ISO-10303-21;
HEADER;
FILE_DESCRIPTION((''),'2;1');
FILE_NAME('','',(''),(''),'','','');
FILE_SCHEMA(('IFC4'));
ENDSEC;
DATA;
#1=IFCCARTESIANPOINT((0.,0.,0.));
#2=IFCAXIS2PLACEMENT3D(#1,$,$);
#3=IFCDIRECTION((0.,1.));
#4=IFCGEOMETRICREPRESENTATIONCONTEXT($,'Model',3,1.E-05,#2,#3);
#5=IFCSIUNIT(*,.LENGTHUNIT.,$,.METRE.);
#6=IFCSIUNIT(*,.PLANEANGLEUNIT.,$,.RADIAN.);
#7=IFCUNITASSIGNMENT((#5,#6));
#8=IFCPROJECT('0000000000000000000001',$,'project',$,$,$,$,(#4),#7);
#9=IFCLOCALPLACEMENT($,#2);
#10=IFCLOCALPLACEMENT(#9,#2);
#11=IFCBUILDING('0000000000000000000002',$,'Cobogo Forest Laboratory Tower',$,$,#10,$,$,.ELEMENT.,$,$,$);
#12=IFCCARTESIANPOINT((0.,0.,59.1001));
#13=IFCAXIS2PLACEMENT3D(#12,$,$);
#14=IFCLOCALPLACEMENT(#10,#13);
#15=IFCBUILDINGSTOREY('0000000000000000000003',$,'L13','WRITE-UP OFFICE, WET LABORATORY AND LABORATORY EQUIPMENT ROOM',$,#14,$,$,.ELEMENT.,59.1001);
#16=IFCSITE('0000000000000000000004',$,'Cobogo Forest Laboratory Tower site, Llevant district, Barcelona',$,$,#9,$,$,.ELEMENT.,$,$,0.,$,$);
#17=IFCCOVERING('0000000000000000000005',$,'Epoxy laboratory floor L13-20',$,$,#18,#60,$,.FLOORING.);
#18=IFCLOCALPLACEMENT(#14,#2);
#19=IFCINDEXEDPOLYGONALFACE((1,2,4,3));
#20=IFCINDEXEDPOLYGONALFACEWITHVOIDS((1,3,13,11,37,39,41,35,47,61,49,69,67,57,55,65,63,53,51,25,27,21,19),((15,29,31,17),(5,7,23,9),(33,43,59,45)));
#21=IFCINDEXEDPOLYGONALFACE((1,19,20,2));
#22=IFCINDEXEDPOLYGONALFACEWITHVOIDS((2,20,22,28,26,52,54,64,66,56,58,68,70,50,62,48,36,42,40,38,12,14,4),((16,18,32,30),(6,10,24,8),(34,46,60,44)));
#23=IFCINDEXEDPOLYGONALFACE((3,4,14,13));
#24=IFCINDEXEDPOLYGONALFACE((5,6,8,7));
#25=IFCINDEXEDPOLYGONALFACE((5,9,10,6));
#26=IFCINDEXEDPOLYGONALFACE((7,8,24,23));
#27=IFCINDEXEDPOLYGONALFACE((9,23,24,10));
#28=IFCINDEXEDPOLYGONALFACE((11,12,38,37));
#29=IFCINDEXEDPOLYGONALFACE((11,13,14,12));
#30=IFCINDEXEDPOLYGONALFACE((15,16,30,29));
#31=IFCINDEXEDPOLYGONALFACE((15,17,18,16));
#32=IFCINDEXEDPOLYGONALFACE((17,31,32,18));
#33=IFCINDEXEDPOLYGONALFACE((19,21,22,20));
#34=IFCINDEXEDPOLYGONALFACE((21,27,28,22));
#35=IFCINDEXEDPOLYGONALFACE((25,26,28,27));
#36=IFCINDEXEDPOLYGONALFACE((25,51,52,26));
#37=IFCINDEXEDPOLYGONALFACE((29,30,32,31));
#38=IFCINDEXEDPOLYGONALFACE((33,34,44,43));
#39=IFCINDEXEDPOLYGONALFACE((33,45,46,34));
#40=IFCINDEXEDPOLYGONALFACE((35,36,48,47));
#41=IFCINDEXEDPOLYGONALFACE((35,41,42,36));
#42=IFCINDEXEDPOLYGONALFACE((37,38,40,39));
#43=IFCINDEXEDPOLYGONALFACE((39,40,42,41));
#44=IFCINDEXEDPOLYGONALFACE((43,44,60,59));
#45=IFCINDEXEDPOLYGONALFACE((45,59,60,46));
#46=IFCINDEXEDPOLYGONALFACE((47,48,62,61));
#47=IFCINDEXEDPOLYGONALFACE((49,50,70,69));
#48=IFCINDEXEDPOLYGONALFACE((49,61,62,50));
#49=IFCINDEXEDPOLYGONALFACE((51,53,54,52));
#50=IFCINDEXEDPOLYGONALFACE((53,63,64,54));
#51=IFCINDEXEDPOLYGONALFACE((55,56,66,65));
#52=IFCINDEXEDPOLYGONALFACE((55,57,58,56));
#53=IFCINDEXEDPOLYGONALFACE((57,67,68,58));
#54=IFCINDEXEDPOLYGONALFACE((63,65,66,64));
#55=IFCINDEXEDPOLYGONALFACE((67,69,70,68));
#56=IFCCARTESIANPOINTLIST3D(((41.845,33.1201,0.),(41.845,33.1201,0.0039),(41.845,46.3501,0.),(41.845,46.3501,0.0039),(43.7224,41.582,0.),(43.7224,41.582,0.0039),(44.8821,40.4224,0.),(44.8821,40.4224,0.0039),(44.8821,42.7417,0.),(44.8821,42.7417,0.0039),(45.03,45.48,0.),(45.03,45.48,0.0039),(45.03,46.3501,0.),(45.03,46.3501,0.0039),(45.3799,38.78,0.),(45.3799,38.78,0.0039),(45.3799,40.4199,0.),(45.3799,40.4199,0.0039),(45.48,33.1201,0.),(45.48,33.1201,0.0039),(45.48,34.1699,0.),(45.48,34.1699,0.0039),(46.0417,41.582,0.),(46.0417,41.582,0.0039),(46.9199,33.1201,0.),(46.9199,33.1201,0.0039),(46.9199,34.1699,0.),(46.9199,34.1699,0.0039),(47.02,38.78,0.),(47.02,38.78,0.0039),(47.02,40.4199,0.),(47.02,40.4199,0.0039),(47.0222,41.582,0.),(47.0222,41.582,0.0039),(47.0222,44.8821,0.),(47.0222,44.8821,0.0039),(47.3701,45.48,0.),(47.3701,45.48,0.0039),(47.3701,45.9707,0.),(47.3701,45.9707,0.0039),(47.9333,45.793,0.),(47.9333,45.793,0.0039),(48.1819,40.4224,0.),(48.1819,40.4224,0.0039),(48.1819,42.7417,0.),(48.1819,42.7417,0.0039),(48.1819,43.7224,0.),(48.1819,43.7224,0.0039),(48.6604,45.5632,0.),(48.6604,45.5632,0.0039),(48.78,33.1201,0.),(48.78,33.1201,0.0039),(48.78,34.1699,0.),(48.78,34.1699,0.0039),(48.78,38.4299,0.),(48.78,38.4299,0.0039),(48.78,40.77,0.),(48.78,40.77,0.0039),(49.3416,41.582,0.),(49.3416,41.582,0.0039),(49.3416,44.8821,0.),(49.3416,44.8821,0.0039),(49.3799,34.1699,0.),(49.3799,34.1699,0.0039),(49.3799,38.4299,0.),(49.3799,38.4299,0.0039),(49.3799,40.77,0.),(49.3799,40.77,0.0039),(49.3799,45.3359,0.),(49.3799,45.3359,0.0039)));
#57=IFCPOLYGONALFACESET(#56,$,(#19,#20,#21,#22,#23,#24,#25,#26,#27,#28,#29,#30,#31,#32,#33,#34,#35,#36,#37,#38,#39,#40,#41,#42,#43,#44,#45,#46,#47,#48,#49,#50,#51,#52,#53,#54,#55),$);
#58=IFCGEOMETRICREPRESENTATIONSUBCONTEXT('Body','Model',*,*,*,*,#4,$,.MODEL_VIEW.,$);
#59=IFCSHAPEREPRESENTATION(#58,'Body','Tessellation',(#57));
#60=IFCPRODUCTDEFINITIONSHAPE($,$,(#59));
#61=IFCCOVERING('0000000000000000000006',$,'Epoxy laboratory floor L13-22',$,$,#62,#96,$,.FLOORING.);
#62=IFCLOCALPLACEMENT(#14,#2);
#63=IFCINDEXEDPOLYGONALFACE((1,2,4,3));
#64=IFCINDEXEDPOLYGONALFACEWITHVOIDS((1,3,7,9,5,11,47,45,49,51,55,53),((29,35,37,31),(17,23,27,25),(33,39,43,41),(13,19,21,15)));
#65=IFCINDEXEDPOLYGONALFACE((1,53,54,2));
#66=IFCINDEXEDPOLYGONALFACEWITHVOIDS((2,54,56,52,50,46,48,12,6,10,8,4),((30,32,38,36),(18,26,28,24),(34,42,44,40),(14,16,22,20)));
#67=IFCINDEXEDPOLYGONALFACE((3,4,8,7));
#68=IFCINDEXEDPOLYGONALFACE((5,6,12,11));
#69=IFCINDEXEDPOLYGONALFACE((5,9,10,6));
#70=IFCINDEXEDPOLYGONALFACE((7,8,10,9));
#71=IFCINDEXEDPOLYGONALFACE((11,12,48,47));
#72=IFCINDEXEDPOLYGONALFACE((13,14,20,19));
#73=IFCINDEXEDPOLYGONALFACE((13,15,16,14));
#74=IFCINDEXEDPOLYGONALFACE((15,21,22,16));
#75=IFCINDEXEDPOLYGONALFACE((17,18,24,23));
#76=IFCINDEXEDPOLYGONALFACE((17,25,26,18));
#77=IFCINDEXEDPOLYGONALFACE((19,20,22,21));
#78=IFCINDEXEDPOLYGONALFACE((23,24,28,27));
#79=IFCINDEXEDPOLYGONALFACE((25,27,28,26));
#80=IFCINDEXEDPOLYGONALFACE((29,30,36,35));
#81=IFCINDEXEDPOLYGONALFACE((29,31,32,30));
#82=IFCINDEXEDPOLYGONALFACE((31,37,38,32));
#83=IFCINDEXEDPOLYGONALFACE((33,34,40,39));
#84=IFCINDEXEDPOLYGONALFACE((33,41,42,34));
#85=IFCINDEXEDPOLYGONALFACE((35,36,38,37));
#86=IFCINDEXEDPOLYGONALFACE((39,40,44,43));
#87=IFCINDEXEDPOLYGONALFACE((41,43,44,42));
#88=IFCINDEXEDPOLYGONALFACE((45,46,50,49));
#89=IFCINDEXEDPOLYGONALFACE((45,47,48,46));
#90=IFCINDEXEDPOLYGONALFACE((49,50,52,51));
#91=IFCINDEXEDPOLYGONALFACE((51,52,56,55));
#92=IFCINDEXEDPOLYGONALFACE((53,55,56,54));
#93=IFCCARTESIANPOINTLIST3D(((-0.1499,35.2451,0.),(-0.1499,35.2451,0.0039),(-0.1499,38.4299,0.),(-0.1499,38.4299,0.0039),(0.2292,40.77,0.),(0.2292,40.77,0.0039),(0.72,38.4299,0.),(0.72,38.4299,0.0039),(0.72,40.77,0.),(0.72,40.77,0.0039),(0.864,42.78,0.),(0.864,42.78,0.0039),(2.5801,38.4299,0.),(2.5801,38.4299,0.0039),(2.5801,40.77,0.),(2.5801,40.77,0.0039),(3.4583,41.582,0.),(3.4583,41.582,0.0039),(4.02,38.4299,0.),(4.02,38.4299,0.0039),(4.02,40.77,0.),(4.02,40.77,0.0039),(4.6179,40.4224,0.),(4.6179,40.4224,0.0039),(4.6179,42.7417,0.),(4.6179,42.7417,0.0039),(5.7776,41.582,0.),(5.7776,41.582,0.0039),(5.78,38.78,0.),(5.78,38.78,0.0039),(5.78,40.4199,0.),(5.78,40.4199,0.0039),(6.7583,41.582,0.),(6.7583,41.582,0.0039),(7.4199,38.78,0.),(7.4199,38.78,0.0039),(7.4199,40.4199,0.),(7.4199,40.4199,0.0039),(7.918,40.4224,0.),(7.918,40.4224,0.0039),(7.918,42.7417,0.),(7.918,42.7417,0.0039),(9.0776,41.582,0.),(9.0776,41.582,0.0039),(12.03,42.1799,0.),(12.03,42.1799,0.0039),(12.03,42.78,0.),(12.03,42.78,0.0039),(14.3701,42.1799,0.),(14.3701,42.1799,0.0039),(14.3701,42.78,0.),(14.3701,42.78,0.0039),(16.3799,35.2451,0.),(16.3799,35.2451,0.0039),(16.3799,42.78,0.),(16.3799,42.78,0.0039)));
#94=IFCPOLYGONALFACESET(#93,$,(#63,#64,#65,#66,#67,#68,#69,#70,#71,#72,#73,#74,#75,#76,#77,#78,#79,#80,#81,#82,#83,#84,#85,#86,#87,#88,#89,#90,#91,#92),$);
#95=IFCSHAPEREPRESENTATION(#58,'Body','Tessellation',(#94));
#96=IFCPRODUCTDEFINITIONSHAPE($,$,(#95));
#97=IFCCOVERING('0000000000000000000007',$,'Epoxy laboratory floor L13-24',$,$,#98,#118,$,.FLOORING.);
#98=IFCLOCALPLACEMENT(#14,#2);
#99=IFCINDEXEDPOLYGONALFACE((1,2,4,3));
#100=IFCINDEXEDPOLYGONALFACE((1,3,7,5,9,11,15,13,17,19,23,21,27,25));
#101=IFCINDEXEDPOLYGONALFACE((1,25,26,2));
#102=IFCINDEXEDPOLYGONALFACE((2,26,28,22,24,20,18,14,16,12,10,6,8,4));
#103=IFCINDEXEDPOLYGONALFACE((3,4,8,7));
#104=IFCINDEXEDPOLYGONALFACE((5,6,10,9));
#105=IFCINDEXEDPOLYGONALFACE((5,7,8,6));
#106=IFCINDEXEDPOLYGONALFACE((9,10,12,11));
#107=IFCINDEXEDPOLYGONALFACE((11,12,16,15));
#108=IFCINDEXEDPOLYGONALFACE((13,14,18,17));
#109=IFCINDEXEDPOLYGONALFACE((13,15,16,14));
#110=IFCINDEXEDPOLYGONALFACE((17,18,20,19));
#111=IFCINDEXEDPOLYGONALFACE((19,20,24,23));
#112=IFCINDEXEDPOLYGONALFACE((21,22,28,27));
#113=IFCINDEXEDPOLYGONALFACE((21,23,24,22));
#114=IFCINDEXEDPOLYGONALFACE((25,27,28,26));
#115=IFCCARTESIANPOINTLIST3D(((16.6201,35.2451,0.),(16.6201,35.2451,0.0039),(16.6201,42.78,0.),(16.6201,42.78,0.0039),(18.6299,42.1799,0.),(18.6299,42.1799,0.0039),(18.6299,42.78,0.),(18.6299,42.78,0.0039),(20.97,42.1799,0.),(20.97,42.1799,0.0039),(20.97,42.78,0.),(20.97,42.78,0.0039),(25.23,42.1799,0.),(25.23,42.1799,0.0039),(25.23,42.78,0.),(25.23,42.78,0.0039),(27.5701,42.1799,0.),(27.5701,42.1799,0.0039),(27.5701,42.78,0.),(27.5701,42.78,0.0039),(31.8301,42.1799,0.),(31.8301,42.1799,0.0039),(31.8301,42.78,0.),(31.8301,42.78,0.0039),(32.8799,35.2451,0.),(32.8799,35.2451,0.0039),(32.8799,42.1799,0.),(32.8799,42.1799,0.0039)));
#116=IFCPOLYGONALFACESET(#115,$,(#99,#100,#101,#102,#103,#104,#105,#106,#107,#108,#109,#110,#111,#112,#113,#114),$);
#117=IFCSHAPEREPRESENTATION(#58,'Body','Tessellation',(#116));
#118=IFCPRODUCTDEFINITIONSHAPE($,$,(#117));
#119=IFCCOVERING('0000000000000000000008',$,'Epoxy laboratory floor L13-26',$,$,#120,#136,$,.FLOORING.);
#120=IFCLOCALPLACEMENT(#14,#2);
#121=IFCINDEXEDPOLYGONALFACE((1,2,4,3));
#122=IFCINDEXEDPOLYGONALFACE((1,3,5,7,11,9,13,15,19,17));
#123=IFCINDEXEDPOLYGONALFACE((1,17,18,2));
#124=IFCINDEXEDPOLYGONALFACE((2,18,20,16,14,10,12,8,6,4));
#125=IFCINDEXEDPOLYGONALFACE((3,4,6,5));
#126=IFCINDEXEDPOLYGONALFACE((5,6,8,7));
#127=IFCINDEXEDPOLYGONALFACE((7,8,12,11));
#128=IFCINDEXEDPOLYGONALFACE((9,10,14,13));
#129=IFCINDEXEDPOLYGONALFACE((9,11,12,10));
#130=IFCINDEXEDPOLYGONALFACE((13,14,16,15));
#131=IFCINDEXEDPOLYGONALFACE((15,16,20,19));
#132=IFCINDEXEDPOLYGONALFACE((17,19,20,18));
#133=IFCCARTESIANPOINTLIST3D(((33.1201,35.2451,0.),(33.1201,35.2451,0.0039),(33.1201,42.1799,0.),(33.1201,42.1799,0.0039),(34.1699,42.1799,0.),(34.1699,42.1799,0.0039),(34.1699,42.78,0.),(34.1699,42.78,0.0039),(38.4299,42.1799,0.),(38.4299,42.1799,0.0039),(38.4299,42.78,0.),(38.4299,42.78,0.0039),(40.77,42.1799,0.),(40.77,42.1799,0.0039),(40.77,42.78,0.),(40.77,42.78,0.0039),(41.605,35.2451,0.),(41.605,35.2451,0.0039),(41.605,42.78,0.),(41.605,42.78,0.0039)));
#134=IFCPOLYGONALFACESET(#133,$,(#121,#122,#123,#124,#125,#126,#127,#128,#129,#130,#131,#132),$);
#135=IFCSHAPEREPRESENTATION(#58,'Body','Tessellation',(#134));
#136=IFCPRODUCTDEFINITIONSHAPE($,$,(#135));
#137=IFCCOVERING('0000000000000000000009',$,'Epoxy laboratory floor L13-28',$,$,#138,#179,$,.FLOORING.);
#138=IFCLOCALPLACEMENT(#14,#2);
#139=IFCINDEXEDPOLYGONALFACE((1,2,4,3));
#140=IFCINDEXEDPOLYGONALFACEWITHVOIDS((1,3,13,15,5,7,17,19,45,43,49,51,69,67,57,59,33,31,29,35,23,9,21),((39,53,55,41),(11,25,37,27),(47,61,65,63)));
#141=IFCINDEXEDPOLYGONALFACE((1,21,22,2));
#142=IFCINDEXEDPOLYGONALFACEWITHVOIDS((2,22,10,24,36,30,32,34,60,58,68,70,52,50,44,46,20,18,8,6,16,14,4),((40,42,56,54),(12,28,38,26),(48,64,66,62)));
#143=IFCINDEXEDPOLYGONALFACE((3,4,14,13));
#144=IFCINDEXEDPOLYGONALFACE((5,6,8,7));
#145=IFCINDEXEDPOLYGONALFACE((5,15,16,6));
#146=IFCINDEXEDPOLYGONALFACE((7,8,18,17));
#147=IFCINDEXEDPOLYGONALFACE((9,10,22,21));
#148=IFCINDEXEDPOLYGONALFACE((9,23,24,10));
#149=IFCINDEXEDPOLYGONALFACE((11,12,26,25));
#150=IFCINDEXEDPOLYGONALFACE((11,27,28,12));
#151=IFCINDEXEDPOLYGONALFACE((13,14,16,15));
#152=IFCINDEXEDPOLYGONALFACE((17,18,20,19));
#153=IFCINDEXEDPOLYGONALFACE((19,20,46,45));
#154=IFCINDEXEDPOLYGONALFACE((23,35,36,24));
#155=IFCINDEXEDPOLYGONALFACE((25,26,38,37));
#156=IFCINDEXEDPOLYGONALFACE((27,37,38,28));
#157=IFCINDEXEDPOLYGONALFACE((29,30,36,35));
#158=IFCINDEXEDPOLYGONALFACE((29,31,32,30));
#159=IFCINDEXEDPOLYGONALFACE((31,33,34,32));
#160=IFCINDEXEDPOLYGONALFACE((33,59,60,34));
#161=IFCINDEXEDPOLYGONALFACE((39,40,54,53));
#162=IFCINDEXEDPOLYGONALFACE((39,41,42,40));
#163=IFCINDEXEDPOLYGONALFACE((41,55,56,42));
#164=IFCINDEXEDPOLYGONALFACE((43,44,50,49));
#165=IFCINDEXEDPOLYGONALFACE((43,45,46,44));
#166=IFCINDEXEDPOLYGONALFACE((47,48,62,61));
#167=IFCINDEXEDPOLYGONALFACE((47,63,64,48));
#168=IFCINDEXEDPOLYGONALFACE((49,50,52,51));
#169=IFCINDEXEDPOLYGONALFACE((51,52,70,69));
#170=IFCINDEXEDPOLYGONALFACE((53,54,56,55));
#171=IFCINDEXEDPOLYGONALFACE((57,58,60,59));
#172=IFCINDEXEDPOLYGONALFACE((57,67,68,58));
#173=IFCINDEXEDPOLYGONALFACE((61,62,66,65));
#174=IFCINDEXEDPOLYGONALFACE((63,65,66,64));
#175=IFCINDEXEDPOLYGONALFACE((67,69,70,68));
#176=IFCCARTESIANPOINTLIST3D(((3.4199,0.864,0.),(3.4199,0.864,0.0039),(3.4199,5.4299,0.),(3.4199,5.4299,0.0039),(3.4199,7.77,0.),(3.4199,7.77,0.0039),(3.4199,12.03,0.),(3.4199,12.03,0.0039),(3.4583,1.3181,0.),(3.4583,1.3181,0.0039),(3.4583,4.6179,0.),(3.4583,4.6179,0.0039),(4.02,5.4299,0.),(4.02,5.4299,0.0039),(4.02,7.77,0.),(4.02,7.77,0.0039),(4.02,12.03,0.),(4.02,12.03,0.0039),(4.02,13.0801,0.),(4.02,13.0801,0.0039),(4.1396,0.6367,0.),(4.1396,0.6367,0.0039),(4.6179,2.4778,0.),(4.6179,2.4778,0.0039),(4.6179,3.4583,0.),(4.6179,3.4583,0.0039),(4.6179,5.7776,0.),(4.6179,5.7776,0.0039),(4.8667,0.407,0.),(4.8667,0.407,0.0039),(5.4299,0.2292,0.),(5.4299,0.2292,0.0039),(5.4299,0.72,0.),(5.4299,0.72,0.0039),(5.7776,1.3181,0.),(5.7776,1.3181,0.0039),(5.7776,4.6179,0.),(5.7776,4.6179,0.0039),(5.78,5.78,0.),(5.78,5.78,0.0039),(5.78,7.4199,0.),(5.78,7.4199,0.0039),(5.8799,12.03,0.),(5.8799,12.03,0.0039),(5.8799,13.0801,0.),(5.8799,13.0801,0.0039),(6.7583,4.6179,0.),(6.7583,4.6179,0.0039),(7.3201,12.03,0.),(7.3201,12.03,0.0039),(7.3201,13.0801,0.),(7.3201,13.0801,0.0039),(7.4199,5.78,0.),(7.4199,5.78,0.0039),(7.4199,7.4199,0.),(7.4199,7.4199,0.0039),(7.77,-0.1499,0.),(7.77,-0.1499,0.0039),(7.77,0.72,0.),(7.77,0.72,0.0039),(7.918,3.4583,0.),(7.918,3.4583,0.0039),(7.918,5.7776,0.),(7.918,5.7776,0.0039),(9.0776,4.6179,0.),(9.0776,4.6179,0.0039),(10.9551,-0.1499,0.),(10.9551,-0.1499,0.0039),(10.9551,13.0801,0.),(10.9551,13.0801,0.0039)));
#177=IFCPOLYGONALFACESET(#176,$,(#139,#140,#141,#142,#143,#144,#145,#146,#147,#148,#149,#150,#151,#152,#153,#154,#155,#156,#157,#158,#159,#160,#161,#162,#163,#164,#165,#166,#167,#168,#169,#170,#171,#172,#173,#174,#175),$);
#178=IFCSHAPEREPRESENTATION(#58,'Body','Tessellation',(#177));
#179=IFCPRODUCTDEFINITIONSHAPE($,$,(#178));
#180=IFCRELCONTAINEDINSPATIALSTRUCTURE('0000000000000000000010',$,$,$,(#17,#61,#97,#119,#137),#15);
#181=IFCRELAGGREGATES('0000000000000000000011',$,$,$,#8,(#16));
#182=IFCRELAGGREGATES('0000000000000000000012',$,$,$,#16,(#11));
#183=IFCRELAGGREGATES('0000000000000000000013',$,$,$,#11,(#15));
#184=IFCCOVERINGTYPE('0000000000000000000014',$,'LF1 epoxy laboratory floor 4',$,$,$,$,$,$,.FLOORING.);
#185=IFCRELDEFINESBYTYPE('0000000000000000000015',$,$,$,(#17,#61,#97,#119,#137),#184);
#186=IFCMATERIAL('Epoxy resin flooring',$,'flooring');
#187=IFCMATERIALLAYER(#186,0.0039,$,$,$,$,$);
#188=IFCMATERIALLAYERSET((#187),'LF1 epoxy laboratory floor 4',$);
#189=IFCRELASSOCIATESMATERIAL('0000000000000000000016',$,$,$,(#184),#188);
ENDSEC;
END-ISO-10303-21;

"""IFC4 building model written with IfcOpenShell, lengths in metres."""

from ifc_helpers import new_model, si_unit, direction, frame, origin, place, context, subcontext, project, spatial, polyline, outline, extrude, material, layer, layer_set, type_object, element, save


model = new_model("IFC4")

# Units and contexts
model_context = context("Model", 3, precision=1e-05, world=origin(), true_north=direction((0.0, 1.0)))
body_context = subcontext(model_context, "Body", "Model", "MODEL_VIEW")
ifc_project = project(units=[si_unit("LENGTHUNIT", "METRE"), si_unit("PLANEANGLEUNIT", "RADIAN")], contexts=[model_context])

# Site, building, storey
site_placement = place(None, origin())
site = spatial("IfcSite", under=ifc_project, at=site_placement, Name="Cobogo Forest Laboratory Tower site, Llevant district, Barcelona", CompositionType="ELEMENT", RefElevation=0.0)
building_placement = place(site_placement, origin())
building = spatial("IfcBuilding", under=site, at=building_placement, Name="Cobogo Forest Laboratory Tower", CompositionType="ELEMENT")
storey_placement = place(building_placement, frame((0.0, 0.0, 59.1001)))
storey = spatial("IfcBuildingStorey", under=building, at=storey_placement, Name="L13", Description="WRITE-UP OFFICE, WET LABORATORY AND LABORATORY EQUIPMENT ROOM", CompositionType="ELEMENT", Elevation=59.1001)

# Coverings
ifc_material_1 = material(Name="Epoxy resin flooring", Category="flooring")
ifc_layer_1 = layer(ifc_material_1, 0.0039)
ifc_layer_set_1 = layer_set([ifc_layer_1], Name="LF1 epoxy laboratory floor 4")
covering_type_1 = type_object("IfcCoveringType", Name="LF1 epoxy laboratory floor 4", PredefinedType="FLOORING", material=ifc_layer_set_1)
covering_1_placement = place(storey_placement, origin())
element("IfcCovering", 1, at=covering_1_placement, inside=storey, type_object=covering_type_1, Name="Epoxy laboratory floor L13-20", PredefinedType="FLOORING", context=body_context, shape_type="SweptSolid", body=[
    extrude(outline(polyline([(46.9199, 33.1201), (46.9199, 34.1699), (45.48, 34.1699), (45.48, 33.1201), (41.845, 33.1201), (41.845, 46.3501), (45.03, 46.3501), (45.03, 45.48), (47.3701, 45.48), (47.3701, 45.9707), (47.9333, 45.793), (47.0222, 44.8821), (48.1819, 43.7224), (49.3416, 44.8821), (48.6604, 45.5632), (49.3799, 45.3359), (49.3799, 40.77), (48.78, 40.77), (48.78, 38.4299), (49.3799, 38.4299), (49.3799, 34.1699), (48.78, 34.1699), (48.78, 33.1201), (46.9199, 33.1201)]), holes=[polyline([(47.0222, 41.582), (48.1819, 40.4224), (49.3416, 41.582), (48.1819, 42.7417), (47.0222, 41.582)]), polyline([(47.02, 40.4199), (45.3799, 40.4199), (45.3799, 38.78), (47.02, 38.78), (47.02, 40.4199)]), polyline([(43.7224, 41.582), (44.8821, 40.4224), (46.0417, 41.582), (44.8821, 42.7417), (43.7224, 41.582)])]), origin(), (0.0, 0.0, 1.0), 0.0039),
])
covering_2_placement = place(storey_placement, origin())
element("IfcCovering", 2, at=covering_2_placement, inside=storey, type_object=covering_type_1, Name="Epoxy laboratory floor L13-22", PredefinedType="FLOORING", context=body_context, shape_type="SweptSolid", body=[
    extrude(outline(polyline([(16.3799, 35.2451), (-0.1499, 35.2451), (-0.1499, 38.4299), (0.72, 38.4299), (0.72, 40.77), (0.2292, 40.77), (0.864, 42.78), (12.03, 42.78), (12.03, 42.1799), (14.3701, 42.1799), (14.3701, 42.78), (16.3799, 42.78), (16.3799, 35.2451)]), holes=[polyline([(6.7583, 41.582), (7.918, 40.4224), (9.0776, 41.582), (7.918, 42.7417), (6.7583, 41.582)]), polyline([(5.78, 40.4199), (5.78, 38.78), (7.4199, 38.78), (7.4199, 40.4199), (5.78, 40.4199)]), polyline([(3.4583, 41.582), (4.6179, 40.4224), (5.7776, 41.582), (4.6179, 42.7417), (3.4583, 41.582)]), polyline([(2.5801, 38.4299), (4.02, 38.4299), (4.02, 40.77), (2.5801, 40.77), (2.5801, 38.4299)])]), origin(), (0.0, 0.0, 1.0), 0.0039),
])
covering_3_placement = place(storey_placement, origin())
element("IfcCovering", 3, at=covering_3_placement, inside=storey, type_object=covering_type_1, Name="Epoxy laboratory floor L13-24", PredefinedType="FLOORING", context=body_context, shape_type="SweptSolid", body=[
    extrude(outline(polyline([(16.6201, 42.78), (18.6299, 42.78), (18.6299, 42.1799), (20.97, 42.1799), (20.97, 42.78), (25.23, 42.78), (25.23, 42.1799), (27.5701, 42.1799), (27.5701, 42.78), (31.8301, 42.78), (31.8301, 42.1799), (32.8799, 42.1799), (32.8799, 35.2451), (16.6201, 35.2451), (16.6201, 42.78)])), origin(), (0.0, 0.0, 1.0), 0.0039),
])
covering_4_placement = place(storey_placement, origin())
element("IfcCovering", 4, at=covering_4_placement, inside=storey, type_object=covering_type_1, Name="Epoxy laboratory floor L13-26", PredefinedType="FLOORING", context=body_context, shape_type="SweptSolid", body=[
    extrude(outline(polyline([(33.1201, 42.1799), (34.1699, 42.1799), (34.1699, 42.78), (38.4299, 42.78), (38.4299, 42.1799), (40.77, 42.1799), (40.77, 42.78), (41.605, 42.78), (41.605, 35.2451), (33.1201, 35.2451), (33.1201, 42.1799)])), origin(), (0.0, 0.0, 1.0), 0.0039),
])
covering_5_placement = place(storey_placement, origin())
element("IfcCovering", 5, at=covering_5_placement, inside=storey, type_object=covering_type_1, Name="Epoxy laboratory floor L13-28", PredefinedType="FLOORING", context=body_context, shape_type="SweptSolid", body=[
    extrude(outline(polyline([(5.8799, 13.0801), (5.8799, 12.03), (7.3201, 12.03), (7.3201, 13.0801), (10.9551, 13.0801), (10.9551, -0.1499), (7.77, -0.1499), (7.77, 0.72), (5.4299, 0.72), (5.4299, 0.2292), (4.8667, 0.407), (5.7776, 1.3181), (4.6179, 2.4778), (3.4583, 1.3181), (4.1396, 0.6367), (3.4199, 0.864), (3.4199, 5.4299), (4.02, 5.4299), (4.02, 7.77), (3.4199, 7.77), (3.4199, 12.03), (4.02, 12.03), (4.02, 13.0801), (5.8799, 13.0801)]), holes=[polyline([(7.918, 5.7776), (6.7583, 4.6179), (7.918, 3.4583), (9.0776, 4.6179), (7.918, 5.7776)]), polyline([(5.78, 7.4199), (5.78, 5.78), (7.4199, 5.78), (7.4199, 7.4199), (5.78, 7.4199)]), polyline([(3.4583, 4.6179), (4.6179, 3.4583), (5.7776, 4.6179), (4.6179, 5.7776), (3.4583, 4.6179)])]), origin(), (0.0, 0.0, 1.0), 0.0039),
])

save(model, "model.ifc")
